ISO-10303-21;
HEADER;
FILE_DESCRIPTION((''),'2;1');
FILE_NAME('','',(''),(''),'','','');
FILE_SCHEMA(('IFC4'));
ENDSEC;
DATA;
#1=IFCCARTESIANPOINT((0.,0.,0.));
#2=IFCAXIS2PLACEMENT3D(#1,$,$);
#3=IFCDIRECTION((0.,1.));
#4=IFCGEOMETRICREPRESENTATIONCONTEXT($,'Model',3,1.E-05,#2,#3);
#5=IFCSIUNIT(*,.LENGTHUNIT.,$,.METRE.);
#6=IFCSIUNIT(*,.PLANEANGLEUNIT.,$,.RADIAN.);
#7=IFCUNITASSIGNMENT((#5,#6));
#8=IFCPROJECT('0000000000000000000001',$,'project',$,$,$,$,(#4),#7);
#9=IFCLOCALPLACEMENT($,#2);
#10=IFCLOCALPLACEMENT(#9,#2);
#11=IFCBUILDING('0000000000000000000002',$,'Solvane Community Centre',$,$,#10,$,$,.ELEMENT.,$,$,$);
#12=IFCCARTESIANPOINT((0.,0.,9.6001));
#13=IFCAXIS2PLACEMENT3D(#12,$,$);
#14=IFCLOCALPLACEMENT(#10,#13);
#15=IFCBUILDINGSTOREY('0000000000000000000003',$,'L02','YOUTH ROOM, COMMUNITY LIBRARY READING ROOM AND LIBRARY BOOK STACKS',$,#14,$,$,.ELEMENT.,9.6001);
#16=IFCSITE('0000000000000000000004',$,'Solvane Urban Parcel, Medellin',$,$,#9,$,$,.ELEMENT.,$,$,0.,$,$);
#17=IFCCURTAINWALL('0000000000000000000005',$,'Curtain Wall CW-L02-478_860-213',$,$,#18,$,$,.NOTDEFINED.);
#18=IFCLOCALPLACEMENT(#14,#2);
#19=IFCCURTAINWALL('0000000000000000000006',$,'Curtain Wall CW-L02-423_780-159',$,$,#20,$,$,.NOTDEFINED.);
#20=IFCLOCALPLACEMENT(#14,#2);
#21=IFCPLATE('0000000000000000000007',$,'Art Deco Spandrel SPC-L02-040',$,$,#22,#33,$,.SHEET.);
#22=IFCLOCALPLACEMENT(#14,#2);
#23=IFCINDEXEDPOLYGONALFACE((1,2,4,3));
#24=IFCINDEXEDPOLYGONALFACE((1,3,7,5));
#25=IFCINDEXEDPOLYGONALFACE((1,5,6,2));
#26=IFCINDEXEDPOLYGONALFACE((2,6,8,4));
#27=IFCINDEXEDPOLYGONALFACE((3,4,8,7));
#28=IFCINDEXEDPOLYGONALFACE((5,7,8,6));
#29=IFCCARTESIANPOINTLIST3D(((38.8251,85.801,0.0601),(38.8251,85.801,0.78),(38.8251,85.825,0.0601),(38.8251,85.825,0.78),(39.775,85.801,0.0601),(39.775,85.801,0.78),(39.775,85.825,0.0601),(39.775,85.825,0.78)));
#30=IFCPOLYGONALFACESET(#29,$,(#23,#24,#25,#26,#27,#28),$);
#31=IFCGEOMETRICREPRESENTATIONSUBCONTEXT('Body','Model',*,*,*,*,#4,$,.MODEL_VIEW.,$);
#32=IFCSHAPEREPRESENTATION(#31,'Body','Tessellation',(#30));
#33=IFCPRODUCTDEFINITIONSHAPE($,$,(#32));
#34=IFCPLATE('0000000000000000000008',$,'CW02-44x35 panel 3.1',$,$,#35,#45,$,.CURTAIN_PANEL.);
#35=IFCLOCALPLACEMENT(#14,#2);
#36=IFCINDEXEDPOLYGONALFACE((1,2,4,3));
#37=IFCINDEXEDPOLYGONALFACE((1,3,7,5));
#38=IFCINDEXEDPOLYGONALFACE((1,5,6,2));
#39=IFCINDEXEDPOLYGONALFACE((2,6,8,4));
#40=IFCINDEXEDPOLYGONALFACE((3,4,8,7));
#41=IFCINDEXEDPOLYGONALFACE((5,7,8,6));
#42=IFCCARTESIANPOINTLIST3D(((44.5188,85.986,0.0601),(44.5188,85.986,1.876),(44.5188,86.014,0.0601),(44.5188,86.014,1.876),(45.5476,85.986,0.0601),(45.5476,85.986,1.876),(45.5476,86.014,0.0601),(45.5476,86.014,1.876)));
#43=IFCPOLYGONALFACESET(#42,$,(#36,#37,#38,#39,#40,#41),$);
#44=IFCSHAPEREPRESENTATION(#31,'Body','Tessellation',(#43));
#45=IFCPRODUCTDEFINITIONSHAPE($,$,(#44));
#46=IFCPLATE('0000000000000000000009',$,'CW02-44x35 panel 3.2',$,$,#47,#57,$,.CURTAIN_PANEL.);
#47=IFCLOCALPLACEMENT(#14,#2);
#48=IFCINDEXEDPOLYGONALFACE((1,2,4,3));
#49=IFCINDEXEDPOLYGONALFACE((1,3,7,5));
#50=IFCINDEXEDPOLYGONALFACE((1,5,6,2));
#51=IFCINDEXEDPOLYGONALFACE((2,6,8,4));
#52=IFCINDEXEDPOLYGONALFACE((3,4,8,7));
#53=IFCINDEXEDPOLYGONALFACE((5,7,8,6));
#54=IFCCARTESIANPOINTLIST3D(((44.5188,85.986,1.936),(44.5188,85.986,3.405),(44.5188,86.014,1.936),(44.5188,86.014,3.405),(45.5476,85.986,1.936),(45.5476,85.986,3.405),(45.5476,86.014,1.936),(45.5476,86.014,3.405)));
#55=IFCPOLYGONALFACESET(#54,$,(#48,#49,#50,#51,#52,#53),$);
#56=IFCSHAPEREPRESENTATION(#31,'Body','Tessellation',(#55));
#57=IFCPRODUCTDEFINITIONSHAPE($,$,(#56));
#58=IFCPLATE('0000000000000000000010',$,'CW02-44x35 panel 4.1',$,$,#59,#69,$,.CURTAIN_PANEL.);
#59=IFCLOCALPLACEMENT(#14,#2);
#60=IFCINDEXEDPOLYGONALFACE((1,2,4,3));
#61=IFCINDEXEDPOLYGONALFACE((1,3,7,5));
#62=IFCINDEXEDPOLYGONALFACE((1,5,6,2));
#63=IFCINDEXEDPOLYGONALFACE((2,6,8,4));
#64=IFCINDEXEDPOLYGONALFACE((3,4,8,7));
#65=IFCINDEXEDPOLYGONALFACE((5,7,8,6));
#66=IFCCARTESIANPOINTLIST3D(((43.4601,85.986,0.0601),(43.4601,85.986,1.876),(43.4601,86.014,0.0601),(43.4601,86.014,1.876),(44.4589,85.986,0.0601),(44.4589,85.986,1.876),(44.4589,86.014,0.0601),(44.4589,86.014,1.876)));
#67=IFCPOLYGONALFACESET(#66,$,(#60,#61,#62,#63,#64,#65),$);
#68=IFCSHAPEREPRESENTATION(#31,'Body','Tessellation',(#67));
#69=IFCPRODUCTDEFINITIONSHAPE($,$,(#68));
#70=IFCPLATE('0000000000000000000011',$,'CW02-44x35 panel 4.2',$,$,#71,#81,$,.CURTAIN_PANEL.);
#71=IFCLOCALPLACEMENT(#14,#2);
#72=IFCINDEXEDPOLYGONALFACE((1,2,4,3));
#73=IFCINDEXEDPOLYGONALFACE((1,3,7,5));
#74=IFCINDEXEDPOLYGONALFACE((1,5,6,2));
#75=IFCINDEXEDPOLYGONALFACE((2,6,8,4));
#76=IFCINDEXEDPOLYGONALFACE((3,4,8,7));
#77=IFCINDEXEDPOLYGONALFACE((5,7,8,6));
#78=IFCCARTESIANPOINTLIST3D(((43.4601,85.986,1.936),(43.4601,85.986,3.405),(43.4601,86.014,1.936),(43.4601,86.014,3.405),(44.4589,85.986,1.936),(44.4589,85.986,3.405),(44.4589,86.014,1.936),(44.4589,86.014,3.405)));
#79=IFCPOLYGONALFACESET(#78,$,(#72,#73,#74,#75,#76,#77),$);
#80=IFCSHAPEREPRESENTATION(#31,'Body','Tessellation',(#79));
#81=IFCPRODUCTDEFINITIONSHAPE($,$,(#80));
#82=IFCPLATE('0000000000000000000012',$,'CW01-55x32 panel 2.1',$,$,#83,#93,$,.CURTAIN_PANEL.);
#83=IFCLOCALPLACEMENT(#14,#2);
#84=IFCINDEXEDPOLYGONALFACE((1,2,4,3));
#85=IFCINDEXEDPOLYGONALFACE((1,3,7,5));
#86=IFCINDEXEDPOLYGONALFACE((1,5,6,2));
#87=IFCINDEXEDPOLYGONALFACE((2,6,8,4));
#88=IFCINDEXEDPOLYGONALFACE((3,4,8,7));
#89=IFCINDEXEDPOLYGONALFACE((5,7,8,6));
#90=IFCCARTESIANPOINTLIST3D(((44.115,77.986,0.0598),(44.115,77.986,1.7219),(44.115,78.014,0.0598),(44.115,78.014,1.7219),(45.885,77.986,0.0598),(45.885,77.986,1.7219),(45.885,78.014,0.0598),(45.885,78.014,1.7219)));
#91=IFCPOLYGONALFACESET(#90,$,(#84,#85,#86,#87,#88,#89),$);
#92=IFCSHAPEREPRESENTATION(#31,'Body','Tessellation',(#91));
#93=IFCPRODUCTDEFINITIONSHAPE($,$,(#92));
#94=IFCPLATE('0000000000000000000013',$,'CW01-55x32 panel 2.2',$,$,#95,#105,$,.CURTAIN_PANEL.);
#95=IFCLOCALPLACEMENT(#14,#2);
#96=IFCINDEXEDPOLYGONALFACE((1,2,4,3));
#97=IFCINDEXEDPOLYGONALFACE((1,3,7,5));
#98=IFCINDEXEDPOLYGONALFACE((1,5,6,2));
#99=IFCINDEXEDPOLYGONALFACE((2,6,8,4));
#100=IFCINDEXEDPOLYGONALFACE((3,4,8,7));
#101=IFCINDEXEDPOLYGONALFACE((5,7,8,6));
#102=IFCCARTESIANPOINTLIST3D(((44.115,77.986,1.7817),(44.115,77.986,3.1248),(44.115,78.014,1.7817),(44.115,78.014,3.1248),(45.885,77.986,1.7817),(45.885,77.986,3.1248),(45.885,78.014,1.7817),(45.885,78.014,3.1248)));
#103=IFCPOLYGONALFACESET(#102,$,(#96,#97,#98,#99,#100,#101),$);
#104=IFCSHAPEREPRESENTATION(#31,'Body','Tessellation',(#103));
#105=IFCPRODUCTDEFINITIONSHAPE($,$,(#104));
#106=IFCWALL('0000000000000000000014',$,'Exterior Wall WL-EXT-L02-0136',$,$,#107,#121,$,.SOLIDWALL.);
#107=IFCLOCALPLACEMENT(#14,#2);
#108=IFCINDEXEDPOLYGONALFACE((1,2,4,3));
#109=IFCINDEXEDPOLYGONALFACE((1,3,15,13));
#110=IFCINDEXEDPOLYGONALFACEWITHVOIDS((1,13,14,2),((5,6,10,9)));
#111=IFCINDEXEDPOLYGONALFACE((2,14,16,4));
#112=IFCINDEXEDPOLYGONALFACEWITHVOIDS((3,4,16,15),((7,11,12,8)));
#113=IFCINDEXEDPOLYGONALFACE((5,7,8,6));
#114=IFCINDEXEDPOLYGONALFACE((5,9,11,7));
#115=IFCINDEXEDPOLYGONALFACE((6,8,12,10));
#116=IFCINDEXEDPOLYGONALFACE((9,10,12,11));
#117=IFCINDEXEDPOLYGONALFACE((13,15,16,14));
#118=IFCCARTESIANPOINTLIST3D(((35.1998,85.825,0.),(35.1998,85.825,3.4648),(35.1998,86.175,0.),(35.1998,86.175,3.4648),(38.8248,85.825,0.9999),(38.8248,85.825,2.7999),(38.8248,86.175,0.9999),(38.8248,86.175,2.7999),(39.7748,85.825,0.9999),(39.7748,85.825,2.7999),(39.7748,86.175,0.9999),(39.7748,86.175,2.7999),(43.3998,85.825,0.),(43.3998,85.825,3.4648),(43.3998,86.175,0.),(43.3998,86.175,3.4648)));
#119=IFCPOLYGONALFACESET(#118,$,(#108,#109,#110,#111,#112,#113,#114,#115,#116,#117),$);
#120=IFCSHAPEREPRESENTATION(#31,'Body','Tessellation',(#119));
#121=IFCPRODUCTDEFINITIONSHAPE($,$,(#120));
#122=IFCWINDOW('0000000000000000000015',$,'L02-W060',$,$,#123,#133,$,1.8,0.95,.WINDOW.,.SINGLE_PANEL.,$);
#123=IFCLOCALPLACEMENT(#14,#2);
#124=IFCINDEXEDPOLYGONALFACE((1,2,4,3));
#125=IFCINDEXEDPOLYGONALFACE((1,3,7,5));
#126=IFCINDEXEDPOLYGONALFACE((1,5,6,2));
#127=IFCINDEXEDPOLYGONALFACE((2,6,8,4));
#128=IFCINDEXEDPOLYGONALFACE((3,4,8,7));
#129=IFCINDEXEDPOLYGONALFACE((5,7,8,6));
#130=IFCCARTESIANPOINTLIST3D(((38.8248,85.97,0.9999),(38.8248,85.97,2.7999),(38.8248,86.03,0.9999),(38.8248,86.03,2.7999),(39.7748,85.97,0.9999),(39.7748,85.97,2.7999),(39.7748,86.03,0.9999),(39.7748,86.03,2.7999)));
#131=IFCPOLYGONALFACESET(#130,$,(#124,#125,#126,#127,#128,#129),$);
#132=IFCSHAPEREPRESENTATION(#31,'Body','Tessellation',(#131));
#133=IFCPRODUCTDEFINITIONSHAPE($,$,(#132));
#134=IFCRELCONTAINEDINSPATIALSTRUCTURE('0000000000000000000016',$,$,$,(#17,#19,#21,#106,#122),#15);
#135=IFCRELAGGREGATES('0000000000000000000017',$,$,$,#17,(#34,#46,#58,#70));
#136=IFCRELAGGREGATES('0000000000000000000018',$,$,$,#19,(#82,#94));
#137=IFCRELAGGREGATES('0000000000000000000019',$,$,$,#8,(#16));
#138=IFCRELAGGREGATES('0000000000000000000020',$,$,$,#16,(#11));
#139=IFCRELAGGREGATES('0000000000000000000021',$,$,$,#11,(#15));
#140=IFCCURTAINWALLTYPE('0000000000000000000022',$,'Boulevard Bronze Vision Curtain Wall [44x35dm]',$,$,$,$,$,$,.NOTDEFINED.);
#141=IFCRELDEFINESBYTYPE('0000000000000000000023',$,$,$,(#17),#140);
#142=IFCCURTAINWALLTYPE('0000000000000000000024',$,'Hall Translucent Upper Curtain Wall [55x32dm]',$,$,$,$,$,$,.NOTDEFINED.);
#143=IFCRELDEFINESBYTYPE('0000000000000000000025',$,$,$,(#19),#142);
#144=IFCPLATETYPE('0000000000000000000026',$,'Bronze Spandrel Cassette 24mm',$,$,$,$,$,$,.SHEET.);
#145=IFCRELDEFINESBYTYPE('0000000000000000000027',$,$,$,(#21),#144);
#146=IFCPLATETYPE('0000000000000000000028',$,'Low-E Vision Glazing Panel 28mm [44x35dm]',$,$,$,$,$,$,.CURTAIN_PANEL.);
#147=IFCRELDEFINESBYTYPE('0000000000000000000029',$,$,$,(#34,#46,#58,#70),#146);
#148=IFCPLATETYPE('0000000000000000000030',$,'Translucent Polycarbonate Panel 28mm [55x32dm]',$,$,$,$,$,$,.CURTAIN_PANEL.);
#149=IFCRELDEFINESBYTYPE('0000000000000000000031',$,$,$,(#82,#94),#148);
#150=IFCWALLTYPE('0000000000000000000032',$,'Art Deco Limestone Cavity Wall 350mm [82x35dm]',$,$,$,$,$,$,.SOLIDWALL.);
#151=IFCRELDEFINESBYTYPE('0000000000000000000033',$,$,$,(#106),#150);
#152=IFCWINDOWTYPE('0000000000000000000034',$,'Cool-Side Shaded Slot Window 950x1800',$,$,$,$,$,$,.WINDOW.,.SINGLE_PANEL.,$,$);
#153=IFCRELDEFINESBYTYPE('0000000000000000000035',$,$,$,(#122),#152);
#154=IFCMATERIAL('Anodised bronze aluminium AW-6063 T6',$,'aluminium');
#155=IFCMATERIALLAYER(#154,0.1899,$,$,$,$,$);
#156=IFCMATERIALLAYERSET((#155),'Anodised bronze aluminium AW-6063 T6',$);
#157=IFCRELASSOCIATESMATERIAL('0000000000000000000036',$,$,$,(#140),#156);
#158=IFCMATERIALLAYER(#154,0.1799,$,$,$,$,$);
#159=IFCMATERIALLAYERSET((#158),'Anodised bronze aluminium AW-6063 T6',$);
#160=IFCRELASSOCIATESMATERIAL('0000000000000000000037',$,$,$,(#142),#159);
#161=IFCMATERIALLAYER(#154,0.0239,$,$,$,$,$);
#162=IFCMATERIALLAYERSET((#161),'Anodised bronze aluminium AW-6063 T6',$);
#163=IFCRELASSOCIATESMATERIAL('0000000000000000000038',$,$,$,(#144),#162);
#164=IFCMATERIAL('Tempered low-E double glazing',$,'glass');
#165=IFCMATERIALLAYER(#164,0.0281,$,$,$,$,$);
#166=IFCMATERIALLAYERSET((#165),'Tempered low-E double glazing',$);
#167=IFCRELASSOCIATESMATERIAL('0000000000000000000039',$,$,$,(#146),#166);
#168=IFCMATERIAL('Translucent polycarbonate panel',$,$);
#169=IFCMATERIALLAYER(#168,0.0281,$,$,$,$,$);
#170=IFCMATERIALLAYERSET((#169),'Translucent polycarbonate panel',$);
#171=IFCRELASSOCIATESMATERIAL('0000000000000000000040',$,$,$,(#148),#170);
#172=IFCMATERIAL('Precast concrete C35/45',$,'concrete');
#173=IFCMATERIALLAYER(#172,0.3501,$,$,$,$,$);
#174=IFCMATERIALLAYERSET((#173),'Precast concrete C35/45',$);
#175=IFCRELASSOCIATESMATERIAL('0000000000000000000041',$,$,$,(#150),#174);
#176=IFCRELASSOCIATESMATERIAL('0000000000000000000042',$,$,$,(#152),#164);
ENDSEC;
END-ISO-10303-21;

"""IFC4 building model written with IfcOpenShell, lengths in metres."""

from ifc_helpers import new_model, si_unit, direction, frame, frame_2d, origin, origin_2d, place, context, subcontext, project, spatial, rectangle, extrude, material, layer, layer_set, type_object, element, fill, aggregate, save


model = new_model("IFC4")

# Units and contexts
model_context = context("Model", 3, precision=1e-05, world=origin(), true_north=direction((0.0, 1.0)))
body_context = subcontext(model_context, "Body", "Model", "MODEL_VIEW")
ifc_project = project(units=[si_unit("LENGTHUNIT", "METRE"), si_unit("PLANEANGLEUNIT", "RADIAN")], contexts=[model_context])

# Site, building, storey
site_placement = place(None, origin())
site = spatial("IfcSite", under=ifc_project, at=site_placement, Name="Solvane Urban Parcel, Medellin", CompositionType="ELEMENT", RefElevation=0.0)
building_placement = place(site_placement, origin())
building = spatial("IfcBuilding", under=site, at=building_placement, Name="Solvane Community Centre", CompositionType="ELEMENT")
storey_placement = place(building_placement, frame((0.0, 0.0, 9.6001)))
storey = spatial("IfcBuildingStorey", under=building, at=storey_placement, Name="L02", Description="YOUTH ROOM, COMMUNITY LIBRARY READING ROOM AND LIBRARY BOOK STACKS", CompositionType="ELEMENT", Elevation=9.6001)

# Curtain walls
ifc_material_1 = material(Name="Anodised bronze aluminium AW-6063 T6", Category="aluminium")
ifc_layer_1 = layer(ifc_material_1, 0.1899)
ifc_layer_set_1 = layer_set([ifc_layer_1], Name="Anodised bronze aluminium AW-6063 T6")
curtain_wall_type_1 = type_object("IfcCurtainWallType", Name="Boulevard Bronze Vision Curtain Wall [44x35dm]", PredefinedType="NOTDEFINED", material=ifc_layer_set_1)
curtain_wall_1_placement = place(storey_placement, origin())
curtain_wall_1 = element("IfcCurtainWall", 1, at=curtain_wall_1_placement, inside=storey, type_object=curtain_wall_type_1, Name="Curtain Wall CW-L02-478_860-213", PredefinedType="NOTDEFINED")
ifc_layer_2 = layer(ifc_material_1, 0.1799)
ifc_layer_set_2 = layer_set([ifc_layer_2], Name="Anodised bronze aluminium AW-6063 T6")
curtain_wall_type_2 = type_object("IfcCurtainWallType", Name="Hall Translucent Upper Curtain Wall [55x32dm]", PredefinedType="NOTDEFINED", material=ifc_layer_set_2)
curtain_wall_2_placement = place(storey_placement, origin())
curtain_wall_2 = element("IfcCurtainWall", 2, at=curtain_wall_2_placement, inside=storey, type_object=curtain_wall_type_2, Name="Curtain Wall CW-L02-423_780-159", PredefinedType="NOTDEFINED")

# Plates
ifc_layer_3 = layer(ifc_material_1, 0.0239)
ifc_layer_set_3 = layer_set([ifc_layer_3], Name="Anodised bronze aluminium AW-6063 T6")
plate_type_1 = type_object("IfcPlateType", Name="Bronze Spandrel Cassette 24mm", PredefinedType="SHEET", material=ifc_layer_set_3)
plate_1_placement = place(storey_placement, frame((39.3, 85.813, 0.0601), z_axis=(0.0, 0.0, 1.0), x_axis=(-1.0, 0.0, 0.0)))
element("IfcPlate", 3, at=plate_1_placement, inside=storey, type_object=plate_type_1, Name="Art Deco Spandrel SPC-L02-040", PredefinedType="SHEET", context=body_context, shape_type="SweptSolid", body=[
    extrude(rectangle(XDim=0.95, YDim=0.0239, at=origin_2d()), origin(), (0.0, 0.0, 1.0), 0.72),
])
ifc_material_2 = material(Name="Tempered low-E double glazing", Category="glass")
ifc_layer_4 = layer(ifc_material_2, 0.0281)
ifc_layer_set_4 = layer_set([ifc_layer_4], Name="Tempered low-E double glazing")
plate_type_2 = type_object("IfcPlateType", Name="Low-E Vision Glazing Panel 28mm [44x35dm]", PredefinedType="CURTAIN_PANEL", material=ifc_layer_set_4)
plate_2_placement = place(storey_placement, frame((45.0332, 86.0, 0.0601), z_axis=(0.0, 0.0, 1.0), x_axis=(-1.0, 0.0, 0.0)))
plate_2 = element("IfcPlate", 4, at=plate_2_placement, type_object=plate_type_2, Name="CW02-44x35 panel 3.1", PredefinedType="CURTAIN_PANEL", context=body_context, shape_type="SweptSolid", body=[
    extrude(rectangle(XDim=1.0288, YDim=0.0281, at=origin_2d()), origin(), (0.0, 0.0, 1.0), 1.8159),
])
plate_3_placement = place(storey_placement, frame((45.0332, 86.0, 1.936), z_axis=(0.0, 0.0, 1.0), x_axis=(-1.0, 0.0, 0.0)))
plate_3 = element("IfcPlate", 5, at=plate_3_placement, type_object=plate_type_2, Name="CW02-44x35 panel 3.2", PredefinedType="CURTAIN_PANEL", context=body_context, shape_type="SweptSolid", body=[
    extrude(rectangle(XDim=1.0288, YDim=0.0281, at=origin_2d()), origin(), (0.0, 0.0, 1.0), 1.469),
])
plate_4_placement = place(storey_placement, frame((43.9595, 86.0, 0.0601), z_axis=(0.0, 0.0, 1.0), x_axis=(-1.0, 0.0, 0.0)))
plate_4 = element("IfcPlate", 6, at=plate_4_placement, type_object=plate_type_2, Name="CW02-44x35 panel 4.1", PredefinedType="CURTAIN_PANEL", context=body_context, shape_type="SweptSolid", body=[
    extrude(rectangle(XDim=0.9988, YDim=0.0281, at=origin_2d()), origin(), (0.0, 0.0, 1.0), 1.8159),
])
plate_5_placement = place(storey_placement, frame((43.9595, 86.0, 1.936), z_axis=(0.0, 0.0, 1.0), x_axis=(-1.0, 0.0, 0.0)))
plate_5 = element("IfcPlate", 7, at=plate_5_placement, type_object=plate_type_2, Name="CW02-44x35 panel 4.2", PredefinedType="CURTAIN_PANEL", context=body_context, shape_type="SweptSolid", body=[
    extrude(rectangle(XDim=0.9988, YDim=0.0281, at=origin_2d()), origin(), (0.0, 0.0, 1.0), 1.469),
])
aggregate(curtain_wall_1, [plate_2, plate_3, plate_4, plate_5])
ifc_material_3 = material(Name="Translucent polycarbonate panel")
ifc_layer_5 = layer(ifc_material_3, 0.0281)
ifc_layer_set_5 = layer_set([ifc_layer_5], Name="Translucent polycarbonate panel")
plate_type_3 = type_object("IfcPlateType", Name="Translucent Polycarbonate Panel 28mm [55x32dm]", PredefinedType="CURTAIN_PANEL", material=ifc_layer_set_5)
plate_6_placement = place(storey_placement, frame((45.0, 78.0, 0.0598), z_axis=(0.0, 0.0, 1.0), x_axis=(1.0, 0.0, 0.0)))
plate_6 = element("IfcPlate", 8, at=plate_6_placement, type_object=plate_type_3, Name="CW01-55x32 panel 2.1", PredefinedType="CURTAIN_PANEL", context=body_context, shape_type="SweptSolid", body=[
    extrude(rectangle(XDim=1.77, YDim=0.0281, at=origin_2d()), origin(), (0.0, 0.0, 1.0), 1.6621),
])
plate_7_placement = place(storey_placement, frame((45.0, 78.0, 1.7817), z_axis=(0.0, 0.0, 1.0), x_axis=(1.0, 0.0, 0.0)))
plate_7 = element("IfcPlate", 9, at=plate_7_placement, type_object=plate_type_3, Name="CW01-55x32 panel 2.2", PredefinedType="CURTAIN_PANEL", context=body_context, shape_type="SweptSolid", body=[
    extrude(rectangle(XDim=1.77, YDim=0.0281, at=origin_2d()), origin(), (0.0, 0.0, 1.0), 1.343),
])
aggregate(curtain_wall_2, [plate_6, plate_7])

# Wall, opening, window
ifc_material_4 = material(Name="Precast concrete C35/45", Category="concrete")
ifc_layer_6 = layer(ifc_material_4, 0.3501)
ifc_layer_set_6 = layer_set([ifc_layer_6], Name="Precast concrete C35/45")
wall_type = type_object("IfcWallType", Name="Art Deco Limestone Cavity Wall 350mm [82x35dm]", PredefinedType="SOLIDWALL", material=ifc_layer_set_6)
wall_placement = place(storey_placement, frame((43.3999, 86.0, 0.0), z_axis=(0.0, 0.0, 1.0), x_axis=(-1.0, 0.0, 0.0)))
wall = element("IfcWall", 10, at=wall_placement, inside=storey, type_object=wall_type, Name="Exterior Wall WL-EXT-L02-0136", PredefinedType="SOLIDWALL", context=body_context, shape_type="SweptSolid", body=[
    extrude(rectangle(XDim=8.2, YDim=0.3501, at=frame_2d((4.1001, 0.0))), origin(), (0.0, 0.0, 1.0), 3.4648),
])
opening_placement = place(wall_placement, frame((3.625, 0.0, 1.0)))
opening = element("IfcOpeningElement", 11, at=opening_placement, cuts=wall, PredefinedType="OPENING", context=body_context, shape_type="SweptSolid", body=[
    extrude(rectangle(XDim=0.95, YDim=1.8, at=frame_2d((0.4751, 0.8999))), frame((0.0, 0.1851, 0.0), z_axis=(0.0, -1.0, 0.0), x_axis=(1.0, 0.0, 0.0)), (0.0, 0.0, 1.0), 0.3701),
])
window_type = type_object("IfcWindowType", Name="Cool-Side Shaded Slot Window 950x1800", PartitioningType="SINGLE_PANEL", PredefinedType="WINDOW", material=ifc_material_2)
window_placement = place(opening_placement, origin())
window = element("IfcWindow", 12, at=window_placement, inside=storey, type_object=window_type, Name="L02-W060", OverallHeight=1.8, OverallWidth=0.95, PartitioningType="SINGLE_PANEL", PredefinedType="WINDOW", context=body_context, shape_type="SweptSolid", body=[
    extrude(rectangle(XDim=0.95, YDim=1.8, at=frame_2d((0.4751, 0.8999))), frame((0.0, 0.03, 0.0), z_axis=(0.0, -1.0, 0.0), x_axis=(1.0, 0.0, 0.0)), (0.0, 0.0, 1.0), 0.0601),
])
fill(opening, window)

save(model, "model.ifc")
